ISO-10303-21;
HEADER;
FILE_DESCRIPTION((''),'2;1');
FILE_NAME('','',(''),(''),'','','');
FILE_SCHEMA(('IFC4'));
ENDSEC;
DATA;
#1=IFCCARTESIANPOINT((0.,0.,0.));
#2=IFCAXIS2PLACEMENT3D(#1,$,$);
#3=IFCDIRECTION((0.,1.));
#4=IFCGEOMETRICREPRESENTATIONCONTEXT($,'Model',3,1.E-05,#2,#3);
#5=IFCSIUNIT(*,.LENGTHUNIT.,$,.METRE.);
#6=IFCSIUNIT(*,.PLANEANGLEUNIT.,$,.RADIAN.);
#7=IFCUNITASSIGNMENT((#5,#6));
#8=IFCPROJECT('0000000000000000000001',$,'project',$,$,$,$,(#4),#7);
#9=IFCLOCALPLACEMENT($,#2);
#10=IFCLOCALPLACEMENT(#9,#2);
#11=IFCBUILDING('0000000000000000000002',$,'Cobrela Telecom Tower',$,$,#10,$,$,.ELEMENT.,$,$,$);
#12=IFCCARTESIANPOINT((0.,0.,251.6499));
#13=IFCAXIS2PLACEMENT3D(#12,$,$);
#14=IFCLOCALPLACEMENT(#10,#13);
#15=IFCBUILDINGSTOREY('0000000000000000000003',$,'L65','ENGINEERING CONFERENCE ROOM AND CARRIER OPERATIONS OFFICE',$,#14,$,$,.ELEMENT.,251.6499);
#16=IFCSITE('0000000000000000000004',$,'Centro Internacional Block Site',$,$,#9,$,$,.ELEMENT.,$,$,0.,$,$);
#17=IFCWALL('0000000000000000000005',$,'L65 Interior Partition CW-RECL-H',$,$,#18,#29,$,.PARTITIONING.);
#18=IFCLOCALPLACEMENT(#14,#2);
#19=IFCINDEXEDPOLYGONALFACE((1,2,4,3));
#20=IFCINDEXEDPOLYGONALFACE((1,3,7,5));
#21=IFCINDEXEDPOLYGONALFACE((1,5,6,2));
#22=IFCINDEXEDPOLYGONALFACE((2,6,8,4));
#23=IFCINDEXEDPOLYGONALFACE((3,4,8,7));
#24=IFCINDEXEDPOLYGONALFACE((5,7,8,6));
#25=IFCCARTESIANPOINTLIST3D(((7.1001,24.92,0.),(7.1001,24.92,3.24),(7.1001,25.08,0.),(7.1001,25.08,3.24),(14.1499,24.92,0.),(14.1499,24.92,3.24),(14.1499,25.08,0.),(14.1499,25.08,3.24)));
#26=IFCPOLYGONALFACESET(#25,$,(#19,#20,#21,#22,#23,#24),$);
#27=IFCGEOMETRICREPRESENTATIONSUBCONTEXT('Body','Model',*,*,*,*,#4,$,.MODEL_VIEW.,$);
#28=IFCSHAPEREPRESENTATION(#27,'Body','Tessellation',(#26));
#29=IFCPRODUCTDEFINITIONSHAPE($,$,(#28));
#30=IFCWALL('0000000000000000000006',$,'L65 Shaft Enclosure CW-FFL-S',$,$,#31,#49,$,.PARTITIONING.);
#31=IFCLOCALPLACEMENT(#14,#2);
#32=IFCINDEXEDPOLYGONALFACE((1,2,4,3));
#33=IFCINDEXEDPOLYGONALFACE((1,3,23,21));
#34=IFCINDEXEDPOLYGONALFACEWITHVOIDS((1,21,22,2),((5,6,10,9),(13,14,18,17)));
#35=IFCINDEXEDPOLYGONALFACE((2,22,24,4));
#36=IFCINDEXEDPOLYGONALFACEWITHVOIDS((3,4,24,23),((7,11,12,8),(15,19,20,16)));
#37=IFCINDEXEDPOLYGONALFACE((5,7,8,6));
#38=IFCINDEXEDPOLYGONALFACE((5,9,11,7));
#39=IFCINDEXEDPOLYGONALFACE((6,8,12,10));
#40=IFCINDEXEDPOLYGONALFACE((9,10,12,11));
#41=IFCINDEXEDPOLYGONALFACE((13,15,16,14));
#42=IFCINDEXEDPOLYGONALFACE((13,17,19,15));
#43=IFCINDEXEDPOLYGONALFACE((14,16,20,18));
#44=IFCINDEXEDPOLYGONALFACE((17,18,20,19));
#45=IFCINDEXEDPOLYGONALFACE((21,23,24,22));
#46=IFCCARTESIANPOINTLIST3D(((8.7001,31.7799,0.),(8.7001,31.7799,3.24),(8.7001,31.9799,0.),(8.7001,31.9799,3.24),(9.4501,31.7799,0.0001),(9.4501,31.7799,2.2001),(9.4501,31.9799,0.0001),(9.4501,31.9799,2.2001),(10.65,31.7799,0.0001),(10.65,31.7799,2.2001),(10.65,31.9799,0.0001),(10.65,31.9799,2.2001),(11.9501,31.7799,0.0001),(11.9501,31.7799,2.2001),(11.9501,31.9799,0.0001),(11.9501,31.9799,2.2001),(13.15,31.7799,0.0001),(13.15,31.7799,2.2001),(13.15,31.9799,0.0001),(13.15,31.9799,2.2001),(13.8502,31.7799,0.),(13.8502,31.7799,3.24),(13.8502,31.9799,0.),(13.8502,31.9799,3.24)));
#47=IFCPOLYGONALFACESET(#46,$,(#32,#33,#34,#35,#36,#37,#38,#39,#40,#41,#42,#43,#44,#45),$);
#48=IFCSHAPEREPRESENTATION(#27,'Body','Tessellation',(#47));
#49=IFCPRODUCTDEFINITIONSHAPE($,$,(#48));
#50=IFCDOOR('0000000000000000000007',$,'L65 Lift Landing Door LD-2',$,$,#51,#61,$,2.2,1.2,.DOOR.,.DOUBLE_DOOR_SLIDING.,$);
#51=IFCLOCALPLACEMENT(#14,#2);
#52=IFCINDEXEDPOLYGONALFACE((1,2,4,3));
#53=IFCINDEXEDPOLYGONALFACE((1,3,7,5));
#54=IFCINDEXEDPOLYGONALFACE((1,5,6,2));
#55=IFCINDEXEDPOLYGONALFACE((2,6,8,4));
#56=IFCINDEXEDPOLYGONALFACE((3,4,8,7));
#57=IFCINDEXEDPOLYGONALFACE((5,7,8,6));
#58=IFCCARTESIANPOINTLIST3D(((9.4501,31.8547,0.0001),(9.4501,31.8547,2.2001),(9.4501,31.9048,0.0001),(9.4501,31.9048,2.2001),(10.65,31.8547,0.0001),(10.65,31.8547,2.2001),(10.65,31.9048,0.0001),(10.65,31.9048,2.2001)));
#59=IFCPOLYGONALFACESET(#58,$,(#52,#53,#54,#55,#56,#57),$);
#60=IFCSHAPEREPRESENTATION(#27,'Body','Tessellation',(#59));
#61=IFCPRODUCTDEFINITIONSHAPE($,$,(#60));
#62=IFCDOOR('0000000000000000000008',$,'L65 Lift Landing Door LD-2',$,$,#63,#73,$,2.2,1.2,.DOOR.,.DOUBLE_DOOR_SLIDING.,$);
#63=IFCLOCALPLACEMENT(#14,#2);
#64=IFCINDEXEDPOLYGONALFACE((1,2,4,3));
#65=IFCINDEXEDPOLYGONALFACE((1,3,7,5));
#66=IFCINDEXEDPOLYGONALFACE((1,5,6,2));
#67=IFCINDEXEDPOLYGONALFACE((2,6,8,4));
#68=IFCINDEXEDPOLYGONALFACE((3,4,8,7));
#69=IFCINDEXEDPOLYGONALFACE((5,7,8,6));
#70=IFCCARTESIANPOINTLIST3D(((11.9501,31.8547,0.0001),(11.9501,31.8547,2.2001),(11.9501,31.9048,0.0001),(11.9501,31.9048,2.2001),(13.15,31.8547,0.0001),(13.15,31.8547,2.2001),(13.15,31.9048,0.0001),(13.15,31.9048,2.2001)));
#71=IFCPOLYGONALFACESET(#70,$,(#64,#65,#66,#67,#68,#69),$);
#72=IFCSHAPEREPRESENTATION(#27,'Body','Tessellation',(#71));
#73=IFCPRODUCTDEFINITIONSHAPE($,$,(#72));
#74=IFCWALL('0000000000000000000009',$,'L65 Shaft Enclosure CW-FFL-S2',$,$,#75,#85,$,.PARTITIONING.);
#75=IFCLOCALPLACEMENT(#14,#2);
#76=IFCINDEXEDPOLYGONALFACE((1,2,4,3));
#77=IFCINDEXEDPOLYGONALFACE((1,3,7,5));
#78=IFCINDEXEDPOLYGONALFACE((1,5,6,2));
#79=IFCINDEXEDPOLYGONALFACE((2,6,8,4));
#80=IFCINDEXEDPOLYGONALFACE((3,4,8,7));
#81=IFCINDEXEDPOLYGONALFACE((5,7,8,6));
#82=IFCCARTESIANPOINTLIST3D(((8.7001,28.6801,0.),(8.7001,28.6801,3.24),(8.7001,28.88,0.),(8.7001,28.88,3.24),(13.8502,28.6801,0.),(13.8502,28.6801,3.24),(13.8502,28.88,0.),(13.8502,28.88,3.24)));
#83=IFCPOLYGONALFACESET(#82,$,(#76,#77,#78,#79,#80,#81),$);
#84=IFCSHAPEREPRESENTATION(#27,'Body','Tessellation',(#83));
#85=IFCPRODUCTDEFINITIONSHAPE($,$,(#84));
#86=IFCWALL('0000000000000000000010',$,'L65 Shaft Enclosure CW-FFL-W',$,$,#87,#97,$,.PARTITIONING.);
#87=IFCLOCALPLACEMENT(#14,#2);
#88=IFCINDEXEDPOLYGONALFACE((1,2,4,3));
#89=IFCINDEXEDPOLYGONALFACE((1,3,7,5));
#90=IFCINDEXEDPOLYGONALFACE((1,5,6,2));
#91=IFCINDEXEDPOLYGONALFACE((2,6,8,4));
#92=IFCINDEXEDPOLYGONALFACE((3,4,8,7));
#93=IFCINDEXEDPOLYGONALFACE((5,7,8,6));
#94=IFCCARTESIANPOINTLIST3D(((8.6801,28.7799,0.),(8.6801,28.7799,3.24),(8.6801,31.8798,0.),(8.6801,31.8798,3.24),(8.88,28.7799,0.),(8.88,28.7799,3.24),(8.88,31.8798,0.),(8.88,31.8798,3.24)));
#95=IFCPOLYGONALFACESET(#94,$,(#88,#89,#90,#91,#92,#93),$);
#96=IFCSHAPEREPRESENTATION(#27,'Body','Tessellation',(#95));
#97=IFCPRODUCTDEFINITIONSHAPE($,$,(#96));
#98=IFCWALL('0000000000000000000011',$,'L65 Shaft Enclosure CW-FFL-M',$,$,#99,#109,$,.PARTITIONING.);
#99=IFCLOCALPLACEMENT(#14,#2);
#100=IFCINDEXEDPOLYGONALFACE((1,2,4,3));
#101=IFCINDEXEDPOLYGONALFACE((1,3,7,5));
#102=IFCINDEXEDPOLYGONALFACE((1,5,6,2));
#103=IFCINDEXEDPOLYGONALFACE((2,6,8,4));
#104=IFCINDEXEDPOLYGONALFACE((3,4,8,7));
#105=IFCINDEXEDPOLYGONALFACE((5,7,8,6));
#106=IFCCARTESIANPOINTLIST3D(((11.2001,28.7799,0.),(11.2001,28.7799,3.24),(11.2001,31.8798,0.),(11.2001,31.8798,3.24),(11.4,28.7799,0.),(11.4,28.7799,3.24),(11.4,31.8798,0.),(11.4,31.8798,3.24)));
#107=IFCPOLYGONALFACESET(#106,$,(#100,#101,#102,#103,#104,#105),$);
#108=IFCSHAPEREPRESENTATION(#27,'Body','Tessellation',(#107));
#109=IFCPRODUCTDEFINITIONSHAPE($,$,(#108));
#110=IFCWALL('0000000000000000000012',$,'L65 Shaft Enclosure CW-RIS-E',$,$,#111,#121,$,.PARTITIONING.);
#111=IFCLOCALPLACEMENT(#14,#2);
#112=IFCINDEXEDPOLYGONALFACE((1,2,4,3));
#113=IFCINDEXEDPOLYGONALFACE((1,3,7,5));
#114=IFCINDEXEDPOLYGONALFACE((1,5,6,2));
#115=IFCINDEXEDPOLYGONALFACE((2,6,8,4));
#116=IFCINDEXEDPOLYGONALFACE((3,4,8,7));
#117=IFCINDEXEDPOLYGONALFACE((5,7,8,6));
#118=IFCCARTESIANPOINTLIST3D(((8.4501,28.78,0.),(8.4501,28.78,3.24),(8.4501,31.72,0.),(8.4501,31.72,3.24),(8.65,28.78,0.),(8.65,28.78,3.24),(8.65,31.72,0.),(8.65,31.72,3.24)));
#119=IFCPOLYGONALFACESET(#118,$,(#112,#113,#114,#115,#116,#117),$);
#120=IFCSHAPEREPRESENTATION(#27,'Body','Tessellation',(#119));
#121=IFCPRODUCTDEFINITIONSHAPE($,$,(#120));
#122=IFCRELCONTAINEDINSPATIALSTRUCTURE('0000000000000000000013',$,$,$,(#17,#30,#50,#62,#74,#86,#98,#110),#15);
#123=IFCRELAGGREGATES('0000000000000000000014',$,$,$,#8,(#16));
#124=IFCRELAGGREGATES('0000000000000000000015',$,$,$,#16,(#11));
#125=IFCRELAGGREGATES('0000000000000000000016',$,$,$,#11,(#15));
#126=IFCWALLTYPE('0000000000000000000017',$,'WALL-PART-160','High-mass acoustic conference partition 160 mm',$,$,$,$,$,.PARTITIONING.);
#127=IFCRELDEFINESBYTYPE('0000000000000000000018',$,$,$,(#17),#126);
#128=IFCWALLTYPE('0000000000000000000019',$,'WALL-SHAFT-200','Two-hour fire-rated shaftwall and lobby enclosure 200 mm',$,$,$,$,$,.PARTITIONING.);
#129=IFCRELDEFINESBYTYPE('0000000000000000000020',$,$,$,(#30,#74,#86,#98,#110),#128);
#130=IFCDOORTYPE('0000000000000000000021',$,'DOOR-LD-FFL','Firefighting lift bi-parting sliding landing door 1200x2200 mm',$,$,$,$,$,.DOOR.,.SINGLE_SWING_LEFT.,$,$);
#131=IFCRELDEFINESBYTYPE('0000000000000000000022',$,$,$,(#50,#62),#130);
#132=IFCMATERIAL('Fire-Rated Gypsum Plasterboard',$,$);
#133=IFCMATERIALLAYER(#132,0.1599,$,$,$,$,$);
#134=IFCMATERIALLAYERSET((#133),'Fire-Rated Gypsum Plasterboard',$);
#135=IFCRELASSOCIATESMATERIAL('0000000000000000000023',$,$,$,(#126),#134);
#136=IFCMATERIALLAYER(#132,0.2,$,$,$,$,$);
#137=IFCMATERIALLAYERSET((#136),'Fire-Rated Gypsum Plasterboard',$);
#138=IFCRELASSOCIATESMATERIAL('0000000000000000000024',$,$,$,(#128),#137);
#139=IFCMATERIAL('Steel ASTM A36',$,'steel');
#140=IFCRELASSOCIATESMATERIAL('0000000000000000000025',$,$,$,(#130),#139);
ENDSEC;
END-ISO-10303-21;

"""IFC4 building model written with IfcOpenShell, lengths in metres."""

from ifc_helpers import new_model, si_unit, direction, frame, frame_2d, origin, place, context, subcontext, project, spatial, rectangle, extrude, material, layer, layer_set, type_object, element, fill, save


model = new_model("IFC4")

# Units and contexts
model_context = context("Model", 3, precision=1e-05, world=origin(), true_north=direction((0.0, 1.0)))
body_context = subcontext(model_context, "Body", "Model", "MODEL_VIEW")
ifc_project = project(units=[si_unit("LENGTHUNIT", "METRE"), si_unit("PLANEANGLEUNIT", "RADIAN")], contexts=[model_context])

# Site, building, storey
site_placement = place(None, origin())
site = spatial("IfcSite", under=ifc_project, at=site_placement, Name="Centro Internacional Block Site", CompositionType="ELEMENT", RefElevation=0.0)
building_placement = place(site_placement, origin())
building = spatial("IfcBuilding", under=site, at=building_placement, Name="Cobrela Telecom Tower", CompositionType="ELEMENT")
storey_placement = place(building_placement, frame((0.0, 0.0, 251.6499)))
storey = spatial("IfcBuildingStorey", under=building, at=storey_placement, Name="L65", Description="ENGINEERING CONFERENCE ROOM AND CARRIER OPERATIONS OFFICE", CompositionType="ELEMENT", Elevation=251.6499)

# Shared definitions
ifc_material_1 = material(Name="Steel ASTM A36", Category="steel")

# Shared definitions
ifc_material_2 = material(Name="Fire-Rated Gypsum Plasterboard")

# Wall
ifc_layer_1 = layer(ifc_material_2, 0.1599)
ifc_layer_set_1 = layer_set([ifc_layer_1], Name="Fire-Rated Gypsum Plasterboard")
wall_type_1 = type_object("IfcWallType", Name="WALL-PART-160", Description="High-mass acoustic conference partition 160 mm", PredefinedType="PARTITIONING", material=ifc_layer_set_1)
wall_1_placement = place(storey_placement, frame((7.1001, 25.0, 0.0), z_axis=(0.0, 0.0, 1.0), x_axis=(1.0, 0.0, 0.0)))
element("IfcWall", 1, at=wall_1_placement, inside=storey, type_object=wall_type_1, Name="L65 Interior Partition CW-RECL-H", PredefinedType="PARTITIONING", context=body_context, shape_type="SweptSolid", body=[
    extrude(rectangle(XDim=7.0498, YDim=0.1599, at=frame_2d((3.5249, 0.0))), origin(), (0.0, 0.0, 1.0), 3.24),
])

# Wall, openings, doors
ifc_layer_2 = layer(ifc_material_2, 0.2)
ifc_layer_set_2 = layer_set([ifc_layer_2], Name="Fire-Rated Gypsum Plasterboard")
wall_type_2 = type_object("IfcWallType", Name="WALL-SHAFT-200", Description="Two-hour fire-rated shaftwall and lobby enclosure 200 mm", PredefinedType="PARTITIONING", material=ifc_layer_set_2)
wall_2_placement = place(storey_placement, frame((8.7, 31.8799, 0.0), z_axis=(0.0, 0.0, 1.0), x_axis=(1.0, 0.0, 0.0)))
wall_2 = element("IfcWall", 2, at=wall_2_placement, inside=storey, type_object=wall_type_2, Name="L65 Shaft Enclosure CW-FFL-S", PredefinedType="PARTITIONING", context=body_context, shape_type="SweptSolid", body=[
    extrude(rectangle(XDim=5.1501, YDim=0.2, at=frame_2d((2.5752, 0.0))), origin(), (0.0, 0.0, 1.0), 3.24),
])
opening_1_placement = place(wall_2_placement, frame((0.75, 0.0, 0.0)))
opening_1 = element("IfcOpeningElement", 3, at=opening_1_placement, cuts=wall_2, PredefinedType="OPENING", context=body_context, shape_type="SweptSolid", body=[
    extrude(rectangle(XDim=1.2, YDim=2.2, at=frame_2d((0.6001, 1.1001))), frame((0.0, 0.1118, 0.0), z_axis=(0.0, -1.0, 0.0), x_axis=(1.0, 0.0, 0.0)), (0.0, 0.0, 1.0), 0.2239),
])
opening_2_placement = place(wall_2_placement, frame((3.25, 0.0, 0.0)))
opening_2 = element("IfcOpeningElement", 4, at=opening_2_placement, cuts=wall_2, PredefinedType="OPENING", context=body_context, shape_type="SweptSolid", body=[
    extrude(rectangle(XDim=1.2, YDim=2.2, at=frame_2d((0.6001, 1.1001))), frame((0.0, 0.1118, 0.0), z_axis=(0.0, -1.0, 0.0), x_axis=(1.0, 0.0, 0.0)), (0.0, 0.0, 1.0), 0.2239),
])
door_type_1 = type_object("IfcDoorType", Name="DOOR-LD-FFL", Description="Firefighting lift bi-parting sliding landing door 1200x2200 mm", OperationType="SINGLE_SWING_LEFT", PredefinedType="DOOR", material=ifc_material_1)
door_1_placement = place(opening_1_placement, origin())
door_1 = element("IfcDoor", 5, at=door_1_placement, inside=storey, type_object=door_type_1, Name="L65 Lift Landing Door LD-2", OperationType="DOUBLE_DOOR_SLIDING", OverallHeight=2.2, OverallWidth=1.2, PredefinedType="DOOR", context=body_context, shape_type="SweptSolid", body=[
    extrude(rectangle(XDim=1.2, YDim=2.2, at=frame_2d((0.6001, 1.1001))), frame((0.0, 0.0249, 0.0), z_axis=(0.0, -1.0, 0.0), x_axis=(1.0, 0.0, 0.0)), (0.0, 0.0, 1.0), 0.05),
])
fill(opening_1, door_1)
door_2_placement = place(opening_2_placement, origin())
door_2 = element("IfcDoor", 6, at=door_2_placement, inside=storey, type_object=door_type_1, Name="L65 Lift Landing Door LD-2", OperationType="DOUBLE_DOOR_SLIDING", OverallHeight=2.2, OverallWidth=1.2, PredefinedType="DOOR", context=body_context, shape_type="SweptSolid", body=[
    extrude(rectangle(XDim=1.2, YDim=2.2, at=frame_2d((0.6001, 1.1001))), frame((0.0, 0.0249, 0.0), z_axis=(0.0, -1.0, 0.0), x_axis=(1.0, 0.0, 0.0)), (0.0, 0.0, 1.0), 0.05),
])
fill(opening_2, door_2)

# Walls
wall_3_placement = place(storey_placement, frame((8.7, 28.78, 0.0), z_axis=(0.0, 0.0, 1.0), x_axis=(1.0, 0.0, 0.0)))
element("IfcWall", 7, at=wall_3_placement, inside=storey, type_object=wall_type_2, Name="L65 Shaft Enclosure CW-FFL-S2", PredefinedType="PARTITIONING", context=body_context, shape_type="SweptSolid", body=[
    extrude(rectangle(XDim=5.1501, YDim=0.2, at=frame_2d((2.5752, 0.0))), origin(), (0.0, 0.0, 1.0), 3.24),
])
for number, where, z_axis, x_axis, name in (
    (8, (8.78, 28.78, 0.0), (0.0, 0.0, 1.0), (0.0, 1.0, 0.0), "L65 Shaft Enclosure CW-FFL-W"),
    (9, (11.3, 28.78, 0.0), (0.0, 0.0, 1.0), (0.0, 1.0, 0.0), "L65 Shaft Enclosure CW-FFL-M"),
):
    element("IfcWall", number, at=place(storey_placement, frame(where, z_axis=z_axis, x_axis=x_axis)), inside=storey, type_object=wall_type_2, Name=name, PredefinedType="PARTITIONING", context=body_context, shape_type="SweptSolid", body=[
        extrude(rectangle(XDim=3.0999, YDim=0.2, at=frame_2d((1.5498, 0.0))), origin(), (0.0, 0.0, 1.0), 3.24),
    ])
wall_4_placement = place(storey_placement, frame((8.55, 28.78, 0.0), z_axis=(0.0, 0.0, 1.0), x_axis=(0.0, 1.0, 0.0)))
element("IfcWall", 10, at=wall_4_placement, inside=storey, type_object=wall_type_2, Name="L65 Shaft Enclosure CW-RIS-E", PredefinedType="PARTITIONING", context=body_context, shape_type="SweptSolid", body=[
    extrude(rectangle(XDim=2.9399, YDim=0.2, at=frame_2d((1.47, 0.0))), origin(), (0.0, 0.0, 1.0), 3.24),
])

save(model, "model.ifc")
